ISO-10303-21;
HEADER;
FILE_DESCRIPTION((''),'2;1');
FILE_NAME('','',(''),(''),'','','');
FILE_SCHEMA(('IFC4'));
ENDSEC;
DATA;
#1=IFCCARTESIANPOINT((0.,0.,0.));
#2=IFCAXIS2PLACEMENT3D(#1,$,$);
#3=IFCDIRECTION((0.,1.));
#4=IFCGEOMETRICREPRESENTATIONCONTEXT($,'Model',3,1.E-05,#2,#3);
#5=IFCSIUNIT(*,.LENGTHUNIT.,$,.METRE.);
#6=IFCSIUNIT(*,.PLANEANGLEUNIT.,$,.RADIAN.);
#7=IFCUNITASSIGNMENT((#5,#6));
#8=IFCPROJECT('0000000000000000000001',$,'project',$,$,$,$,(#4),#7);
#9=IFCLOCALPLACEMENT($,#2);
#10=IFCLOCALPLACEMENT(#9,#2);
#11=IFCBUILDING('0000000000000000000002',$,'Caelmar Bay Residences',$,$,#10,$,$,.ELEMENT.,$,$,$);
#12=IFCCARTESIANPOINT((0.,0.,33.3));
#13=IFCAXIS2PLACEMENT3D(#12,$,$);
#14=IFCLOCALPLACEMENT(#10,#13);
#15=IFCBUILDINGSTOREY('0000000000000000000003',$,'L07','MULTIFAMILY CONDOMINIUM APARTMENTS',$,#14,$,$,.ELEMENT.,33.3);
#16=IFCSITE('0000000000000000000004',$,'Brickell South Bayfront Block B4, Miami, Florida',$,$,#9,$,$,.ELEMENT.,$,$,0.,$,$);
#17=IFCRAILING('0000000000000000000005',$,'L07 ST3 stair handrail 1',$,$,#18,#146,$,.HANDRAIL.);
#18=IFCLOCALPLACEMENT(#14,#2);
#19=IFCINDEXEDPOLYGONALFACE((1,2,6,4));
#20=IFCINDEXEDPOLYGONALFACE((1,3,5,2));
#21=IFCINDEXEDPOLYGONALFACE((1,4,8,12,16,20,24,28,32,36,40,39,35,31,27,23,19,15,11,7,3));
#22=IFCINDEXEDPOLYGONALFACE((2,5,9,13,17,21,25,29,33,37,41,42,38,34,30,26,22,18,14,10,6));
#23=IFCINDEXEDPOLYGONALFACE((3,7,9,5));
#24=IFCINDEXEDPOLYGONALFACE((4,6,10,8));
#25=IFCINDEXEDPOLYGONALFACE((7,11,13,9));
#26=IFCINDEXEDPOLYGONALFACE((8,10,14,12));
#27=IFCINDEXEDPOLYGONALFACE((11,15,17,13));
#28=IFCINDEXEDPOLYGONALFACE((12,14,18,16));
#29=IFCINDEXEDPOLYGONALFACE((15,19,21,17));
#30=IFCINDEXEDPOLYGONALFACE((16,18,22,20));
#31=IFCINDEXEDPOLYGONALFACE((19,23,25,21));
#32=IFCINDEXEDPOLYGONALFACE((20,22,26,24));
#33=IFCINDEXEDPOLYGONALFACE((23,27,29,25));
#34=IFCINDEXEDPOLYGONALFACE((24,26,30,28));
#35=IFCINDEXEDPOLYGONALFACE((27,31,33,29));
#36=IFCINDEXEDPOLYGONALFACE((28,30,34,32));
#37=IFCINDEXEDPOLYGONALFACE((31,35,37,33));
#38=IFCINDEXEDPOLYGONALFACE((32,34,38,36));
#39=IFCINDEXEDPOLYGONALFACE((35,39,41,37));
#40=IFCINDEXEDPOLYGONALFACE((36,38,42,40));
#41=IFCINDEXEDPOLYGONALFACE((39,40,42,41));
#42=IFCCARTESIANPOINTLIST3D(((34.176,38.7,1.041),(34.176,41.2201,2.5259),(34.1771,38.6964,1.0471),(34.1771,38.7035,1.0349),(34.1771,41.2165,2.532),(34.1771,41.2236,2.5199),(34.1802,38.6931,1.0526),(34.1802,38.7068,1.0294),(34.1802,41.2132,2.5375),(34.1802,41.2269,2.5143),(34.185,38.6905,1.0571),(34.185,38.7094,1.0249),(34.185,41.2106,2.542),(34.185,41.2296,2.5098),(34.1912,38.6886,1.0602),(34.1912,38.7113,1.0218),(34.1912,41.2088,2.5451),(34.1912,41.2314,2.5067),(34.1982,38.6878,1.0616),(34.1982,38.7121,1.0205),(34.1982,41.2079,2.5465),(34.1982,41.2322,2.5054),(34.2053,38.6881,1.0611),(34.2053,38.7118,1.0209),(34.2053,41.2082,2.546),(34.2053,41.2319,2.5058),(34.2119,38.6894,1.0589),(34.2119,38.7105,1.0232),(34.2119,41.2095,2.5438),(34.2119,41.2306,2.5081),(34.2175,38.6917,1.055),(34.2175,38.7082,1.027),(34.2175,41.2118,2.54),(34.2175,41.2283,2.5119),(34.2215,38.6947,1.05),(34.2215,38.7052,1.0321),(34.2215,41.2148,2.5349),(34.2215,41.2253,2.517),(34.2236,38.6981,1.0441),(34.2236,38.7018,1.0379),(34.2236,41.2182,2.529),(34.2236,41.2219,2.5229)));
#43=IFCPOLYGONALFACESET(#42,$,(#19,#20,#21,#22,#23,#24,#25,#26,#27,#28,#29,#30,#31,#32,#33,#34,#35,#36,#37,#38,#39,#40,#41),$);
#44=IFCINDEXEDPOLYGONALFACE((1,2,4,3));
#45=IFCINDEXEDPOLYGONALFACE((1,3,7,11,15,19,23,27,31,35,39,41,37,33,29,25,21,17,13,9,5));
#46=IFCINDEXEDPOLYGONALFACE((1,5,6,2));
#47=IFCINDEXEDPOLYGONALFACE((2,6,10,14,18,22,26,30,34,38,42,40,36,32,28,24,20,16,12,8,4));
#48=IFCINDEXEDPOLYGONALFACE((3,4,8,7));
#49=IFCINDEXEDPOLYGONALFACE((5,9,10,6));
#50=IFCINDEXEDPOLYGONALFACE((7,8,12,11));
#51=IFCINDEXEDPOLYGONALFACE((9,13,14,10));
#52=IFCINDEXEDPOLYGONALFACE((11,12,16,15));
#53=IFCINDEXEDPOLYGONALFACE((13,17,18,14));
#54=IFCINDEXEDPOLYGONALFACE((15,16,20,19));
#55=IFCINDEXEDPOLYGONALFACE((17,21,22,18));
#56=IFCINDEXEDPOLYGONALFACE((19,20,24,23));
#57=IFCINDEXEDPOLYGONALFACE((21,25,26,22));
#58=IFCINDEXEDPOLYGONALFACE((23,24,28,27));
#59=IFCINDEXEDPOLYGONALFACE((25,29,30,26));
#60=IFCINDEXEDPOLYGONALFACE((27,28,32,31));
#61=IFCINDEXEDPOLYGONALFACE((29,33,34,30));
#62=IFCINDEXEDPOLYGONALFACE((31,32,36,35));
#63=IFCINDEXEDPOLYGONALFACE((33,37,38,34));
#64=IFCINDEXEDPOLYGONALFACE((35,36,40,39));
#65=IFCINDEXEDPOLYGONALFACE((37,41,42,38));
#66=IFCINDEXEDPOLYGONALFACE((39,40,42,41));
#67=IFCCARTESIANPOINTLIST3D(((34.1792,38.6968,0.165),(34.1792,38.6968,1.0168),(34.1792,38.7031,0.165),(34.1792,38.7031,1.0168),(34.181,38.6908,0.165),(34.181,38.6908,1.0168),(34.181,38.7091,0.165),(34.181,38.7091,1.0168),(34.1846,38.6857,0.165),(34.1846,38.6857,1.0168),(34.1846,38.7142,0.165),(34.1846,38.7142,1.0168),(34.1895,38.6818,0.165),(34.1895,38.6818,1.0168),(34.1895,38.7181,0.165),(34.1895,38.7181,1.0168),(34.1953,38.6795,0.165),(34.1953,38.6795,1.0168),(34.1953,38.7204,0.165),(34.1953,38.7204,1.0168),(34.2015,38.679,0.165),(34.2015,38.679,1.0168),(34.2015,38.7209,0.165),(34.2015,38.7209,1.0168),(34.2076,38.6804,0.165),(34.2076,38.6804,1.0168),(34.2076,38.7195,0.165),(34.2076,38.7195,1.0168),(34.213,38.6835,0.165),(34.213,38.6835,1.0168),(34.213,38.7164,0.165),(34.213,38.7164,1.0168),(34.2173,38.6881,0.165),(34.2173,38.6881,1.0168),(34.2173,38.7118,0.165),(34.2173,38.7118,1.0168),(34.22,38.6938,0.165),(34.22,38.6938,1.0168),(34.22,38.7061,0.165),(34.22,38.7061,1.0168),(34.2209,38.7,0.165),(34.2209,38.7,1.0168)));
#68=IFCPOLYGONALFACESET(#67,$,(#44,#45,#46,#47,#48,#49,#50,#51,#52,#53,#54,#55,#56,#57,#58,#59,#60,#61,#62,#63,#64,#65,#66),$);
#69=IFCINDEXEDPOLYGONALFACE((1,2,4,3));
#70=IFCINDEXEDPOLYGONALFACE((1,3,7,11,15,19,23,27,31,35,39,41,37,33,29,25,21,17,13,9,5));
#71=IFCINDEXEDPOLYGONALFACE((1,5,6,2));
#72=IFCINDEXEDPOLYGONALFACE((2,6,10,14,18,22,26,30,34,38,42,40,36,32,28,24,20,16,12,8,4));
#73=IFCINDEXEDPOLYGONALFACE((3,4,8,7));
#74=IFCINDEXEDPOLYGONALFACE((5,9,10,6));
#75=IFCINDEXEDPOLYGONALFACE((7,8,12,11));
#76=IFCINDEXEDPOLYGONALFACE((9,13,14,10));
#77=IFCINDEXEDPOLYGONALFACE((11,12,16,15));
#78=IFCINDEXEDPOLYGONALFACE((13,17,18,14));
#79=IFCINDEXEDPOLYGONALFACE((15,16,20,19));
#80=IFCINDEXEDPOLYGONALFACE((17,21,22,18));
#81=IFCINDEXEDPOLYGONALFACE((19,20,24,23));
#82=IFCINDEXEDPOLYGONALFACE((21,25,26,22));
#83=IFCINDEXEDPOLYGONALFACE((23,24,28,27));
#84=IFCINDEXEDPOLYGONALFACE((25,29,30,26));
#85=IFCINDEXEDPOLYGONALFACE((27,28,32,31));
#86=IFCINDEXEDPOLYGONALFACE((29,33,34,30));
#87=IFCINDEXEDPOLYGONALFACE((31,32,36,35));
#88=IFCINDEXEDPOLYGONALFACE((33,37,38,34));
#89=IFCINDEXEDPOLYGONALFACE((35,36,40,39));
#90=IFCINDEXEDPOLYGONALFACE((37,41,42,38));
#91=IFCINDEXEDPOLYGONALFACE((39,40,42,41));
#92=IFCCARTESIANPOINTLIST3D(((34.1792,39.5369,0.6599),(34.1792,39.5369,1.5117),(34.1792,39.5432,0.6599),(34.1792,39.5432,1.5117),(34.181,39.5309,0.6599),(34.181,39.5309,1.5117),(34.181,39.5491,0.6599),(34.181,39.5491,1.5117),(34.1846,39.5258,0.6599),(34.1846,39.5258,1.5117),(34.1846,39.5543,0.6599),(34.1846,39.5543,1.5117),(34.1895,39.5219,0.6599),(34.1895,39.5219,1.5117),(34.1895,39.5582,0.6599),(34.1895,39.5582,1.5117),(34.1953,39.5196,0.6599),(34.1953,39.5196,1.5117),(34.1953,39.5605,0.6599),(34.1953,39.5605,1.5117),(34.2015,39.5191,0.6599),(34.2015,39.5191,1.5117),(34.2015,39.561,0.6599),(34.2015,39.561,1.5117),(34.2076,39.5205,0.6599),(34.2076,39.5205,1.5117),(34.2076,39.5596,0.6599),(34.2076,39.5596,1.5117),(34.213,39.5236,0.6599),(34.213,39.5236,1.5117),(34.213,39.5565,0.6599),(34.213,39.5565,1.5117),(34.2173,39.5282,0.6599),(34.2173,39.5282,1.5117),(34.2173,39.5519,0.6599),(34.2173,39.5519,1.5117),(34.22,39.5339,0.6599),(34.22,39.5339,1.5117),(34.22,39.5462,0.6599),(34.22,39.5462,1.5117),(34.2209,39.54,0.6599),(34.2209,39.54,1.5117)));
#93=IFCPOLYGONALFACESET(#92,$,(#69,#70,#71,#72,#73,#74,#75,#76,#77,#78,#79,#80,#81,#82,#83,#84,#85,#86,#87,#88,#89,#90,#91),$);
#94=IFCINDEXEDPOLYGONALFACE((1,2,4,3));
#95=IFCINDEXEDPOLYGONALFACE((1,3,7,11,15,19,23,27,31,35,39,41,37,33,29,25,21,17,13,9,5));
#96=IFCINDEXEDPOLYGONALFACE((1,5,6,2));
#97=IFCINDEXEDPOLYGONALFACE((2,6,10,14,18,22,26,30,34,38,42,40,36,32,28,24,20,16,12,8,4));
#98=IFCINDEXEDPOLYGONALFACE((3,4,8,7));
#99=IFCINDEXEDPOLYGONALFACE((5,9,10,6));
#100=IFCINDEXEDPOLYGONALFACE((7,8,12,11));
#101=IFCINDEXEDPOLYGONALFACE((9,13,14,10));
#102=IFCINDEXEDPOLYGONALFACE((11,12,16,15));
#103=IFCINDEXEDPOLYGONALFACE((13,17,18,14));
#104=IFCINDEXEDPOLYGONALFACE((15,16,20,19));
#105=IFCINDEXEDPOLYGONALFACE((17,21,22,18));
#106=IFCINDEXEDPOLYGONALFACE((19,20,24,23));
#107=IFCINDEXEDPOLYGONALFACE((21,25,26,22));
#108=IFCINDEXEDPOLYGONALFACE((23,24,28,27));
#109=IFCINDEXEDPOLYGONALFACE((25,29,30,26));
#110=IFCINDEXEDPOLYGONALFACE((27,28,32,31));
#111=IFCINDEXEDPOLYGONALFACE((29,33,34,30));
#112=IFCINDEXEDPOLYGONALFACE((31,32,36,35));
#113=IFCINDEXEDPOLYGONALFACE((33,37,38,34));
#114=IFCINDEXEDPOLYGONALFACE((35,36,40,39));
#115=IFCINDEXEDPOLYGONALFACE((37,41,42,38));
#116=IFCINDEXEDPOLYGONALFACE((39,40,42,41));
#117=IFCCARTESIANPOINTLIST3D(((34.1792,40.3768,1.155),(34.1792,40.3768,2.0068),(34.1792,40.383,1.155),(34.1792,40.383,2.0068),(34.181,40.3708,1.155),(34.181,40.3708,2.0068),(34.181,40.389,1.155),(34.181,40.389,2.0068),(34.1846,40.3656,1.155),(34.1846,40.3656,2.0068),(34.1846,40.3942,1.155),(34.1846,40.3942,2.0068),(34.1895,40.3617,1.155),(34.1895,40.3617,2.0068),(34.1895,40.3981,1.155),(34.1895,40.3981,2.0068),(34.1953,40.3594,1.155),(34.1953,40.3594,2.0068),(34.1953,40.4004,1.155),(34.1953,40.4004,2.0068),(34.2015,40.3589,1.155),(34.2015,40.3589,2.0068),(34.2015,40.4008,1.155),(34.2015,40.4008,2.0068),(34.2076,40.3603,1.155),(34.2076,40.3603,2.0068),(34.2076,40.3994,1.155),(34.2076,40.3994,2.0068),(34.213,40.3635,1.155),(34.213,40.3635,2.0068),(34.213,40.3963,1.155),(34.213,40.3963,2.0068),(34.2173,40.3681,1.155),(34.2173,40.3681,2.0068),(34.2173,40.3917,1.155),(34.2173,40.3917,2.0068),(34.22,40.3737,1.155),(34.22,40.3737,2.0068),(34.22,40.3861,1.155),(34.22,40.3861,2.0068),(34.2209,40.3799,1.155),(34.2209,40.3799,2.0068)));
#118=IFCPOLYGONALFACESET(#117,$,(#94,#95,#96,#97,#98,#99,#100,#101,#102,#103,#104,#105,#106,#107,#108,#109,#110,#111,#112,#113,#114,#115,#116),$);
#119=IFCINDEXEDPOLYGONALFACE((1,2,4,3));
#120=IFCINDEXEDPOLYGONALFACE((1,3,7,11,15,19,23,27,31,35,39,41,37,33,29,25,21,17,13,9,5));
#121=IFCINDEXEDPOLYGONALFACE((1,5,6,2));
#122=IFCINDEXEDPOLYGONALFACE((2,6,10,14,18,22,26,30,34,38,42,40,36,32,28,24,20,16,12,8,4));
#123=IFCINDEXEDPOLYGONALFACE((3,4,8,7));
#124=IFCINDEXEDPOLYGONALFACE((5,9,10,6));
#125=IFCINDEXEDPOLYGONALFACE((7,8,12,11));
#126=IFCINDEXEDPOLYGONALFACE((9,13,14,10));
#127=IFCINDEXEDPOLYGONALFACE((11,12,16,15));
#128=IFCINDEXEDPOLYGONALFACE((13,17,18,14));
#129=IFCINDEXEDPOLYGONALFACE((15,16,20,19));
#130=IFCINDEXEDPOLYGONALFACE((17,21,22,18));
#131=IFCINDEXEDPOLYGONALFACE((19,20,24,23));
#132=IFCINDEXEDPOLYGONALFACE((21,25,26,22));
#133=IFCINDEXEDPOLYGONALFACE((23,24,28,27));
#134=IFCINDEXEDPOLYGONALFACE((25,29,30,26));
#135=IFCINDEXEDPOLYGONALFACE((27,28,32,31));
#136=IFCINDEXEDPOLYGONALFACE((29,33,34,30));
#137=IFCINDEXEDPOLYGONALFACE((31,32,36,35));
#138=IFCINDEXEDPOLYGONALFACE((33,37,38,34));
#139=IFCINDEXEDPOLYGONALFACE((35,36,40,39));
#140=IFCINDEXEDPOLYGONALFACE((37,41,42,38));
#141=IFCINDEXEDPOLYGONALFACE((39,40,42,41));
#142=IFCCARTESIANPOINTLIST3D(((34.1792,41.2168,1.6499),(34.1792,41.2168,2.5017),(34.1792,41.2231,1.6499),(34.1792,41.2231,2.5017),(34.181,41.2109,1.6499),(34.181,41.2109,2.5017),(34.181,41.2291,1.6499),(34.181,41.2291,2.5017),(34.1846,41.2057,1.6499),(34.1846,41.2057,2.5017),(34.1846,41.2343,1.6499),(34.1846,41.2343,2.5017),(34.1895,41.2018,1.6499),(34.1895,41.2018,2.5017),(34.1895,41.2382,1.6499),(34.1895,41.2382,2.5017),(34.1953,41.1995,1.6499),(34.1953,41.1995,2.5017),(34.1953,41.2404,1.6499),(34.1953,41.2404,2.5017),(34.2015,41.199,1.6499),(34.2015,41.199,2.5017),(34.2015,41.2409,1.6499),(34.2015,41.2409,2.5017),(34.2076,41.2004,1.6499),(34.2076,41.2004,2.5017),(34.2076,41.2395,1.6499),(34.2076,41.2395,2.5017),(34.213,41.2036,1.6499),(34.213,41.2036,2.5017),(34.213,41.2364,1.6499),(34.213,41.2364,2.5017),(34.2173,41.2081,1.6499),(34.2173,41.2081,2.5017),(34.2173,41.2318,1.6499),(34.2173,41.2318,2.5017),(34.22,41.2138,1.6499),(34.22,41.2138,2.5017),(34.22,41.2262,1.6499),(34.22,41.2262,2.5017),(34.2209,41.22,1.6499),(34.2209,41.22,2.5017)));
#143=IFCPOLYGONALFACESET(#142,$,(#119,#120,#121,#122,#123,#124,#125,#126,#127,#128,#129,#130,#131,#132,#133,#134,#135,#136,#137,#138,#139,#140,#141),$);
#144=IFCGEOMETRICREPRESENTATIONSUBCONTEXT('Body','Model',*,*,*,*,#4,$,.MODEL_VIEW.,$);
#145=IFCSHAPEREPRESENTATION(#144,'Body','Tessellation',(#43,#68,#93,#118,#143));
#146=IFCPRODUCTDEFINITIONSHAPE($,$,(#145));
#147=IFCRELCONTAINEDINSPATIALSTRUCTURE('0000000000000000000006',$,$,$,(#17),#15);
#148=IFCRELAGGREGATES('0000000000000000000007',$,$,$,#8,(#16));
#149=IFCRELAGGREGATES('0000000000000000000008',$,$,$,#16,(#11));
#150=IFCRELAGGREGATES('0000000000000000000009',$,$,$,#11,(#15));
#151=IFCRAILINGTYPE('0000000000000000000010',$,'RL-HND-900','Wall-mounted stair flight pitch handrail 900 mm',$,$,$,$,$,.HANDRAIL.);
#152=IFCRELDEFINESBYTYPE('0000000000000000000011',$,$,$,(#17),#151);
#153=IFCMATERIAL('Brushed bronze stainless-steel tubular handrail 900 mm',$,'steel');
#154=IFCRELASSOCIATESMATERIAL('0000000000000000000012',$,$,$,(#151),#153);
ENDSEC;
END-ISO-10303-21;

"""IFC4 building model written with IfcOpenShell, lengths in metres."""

from ifc_helpers import new_model, si_unit, direction, frame, origin, origin_2d, place, context, subcontext, project, spatial, circle, extrude, material, type_object, element, save


model = new_model("IFC4")

# Units and contexts
model_context = context("Model", 3, precision=1e-05, world=origin(), true_north=direction((0.0, 1.0)))
body_context = subcontext(model_context, "Body", "Model", "MODEL_VIEW")
ifc_project = project(units=[si_unit("LENGTHUNIT", "METRE"), si_unit("PLANEANGLEUNIT", "RADIAN")], contexts=[model_context])

# Site, building, storey
site_placement = place(None, origin())
site = spatial("IfcSite", under=ifc_project, at=site_placement, Name="Brickell South Bayfront Block B4, Miami, Florida", CompositionType="ELEMENT", RefElevation=0.0)
building_placement = place(site_placement, origin())
building = spatial("IfcBuilding", under=site, at=building_placement, Name="Caelmar Bay Residences", CompositionType="ELEMENT")
storey_placement = place(building_placement, frame((0.0, 0.0, 33.3)))
storey = spatial("IfcBuildingStorey", under=building, at=storey_placement, Name="L07", Description="MULTIFAMILY CONDOMINIUM APARTMENTS", CompositionType="ELEMENT", Elevation=33.3)

# Railing
ifc_material_1 = material(Name="Brushed bronze stainless-steel tubular handrail 900 mm", Category="steel")
railing_type_1 = type_object("IfcRailingType", Name="RL-HND-900", Description="Wall-mounted stair flight pitch handrail 900 mm", PredefinedType="HANDRAIL", material=ifc_material_1)
railing_1_placement = place(storey_placement, frame((34.2, 38.7, 0.165)))
element("IfcRailing", 1, at=railing_1_placement, inside=storey, type_object=railing_type_1, Name="L07 ST3 stair handrail 1", PredefinedType="HANDRAIL", context=body_context, shape_type="SweptSolid", body=[
    extrude(circle(Radius=0.0239, at=origin_2d()), frame((0.0, 0.0, 0.876), z_axis=(0.0, 0.861561, 0.507655), x_axis=(-1.0, 0.0, 0.0)), (0.0, 0.0, 1.0), 2.925),
    extrude(circle(Radius=0.021, at=origin_2d()), origin(), (0.0, 0.0, 1.0), 0.8518),
    extrude(circle(Radius=0.021, at=origin_2d()), frame((0.0, 0.8401, 0.4949)), (0.0, 0.0, 1.0), 0.8518),
    extrude(circle(Radius=0.021, at=origin_2d()), frame((0.0, 1.6799, 0.99)), (0.0, 0.0, 1.0), 0.8518),
    extrude(circle(Radius=0.021, at=origin_2d()), frame((0.0, 2.52, 1.4849)), (0.0, 0.0, 1.0), 0.8518),
])

save(model, "model.ifc")
